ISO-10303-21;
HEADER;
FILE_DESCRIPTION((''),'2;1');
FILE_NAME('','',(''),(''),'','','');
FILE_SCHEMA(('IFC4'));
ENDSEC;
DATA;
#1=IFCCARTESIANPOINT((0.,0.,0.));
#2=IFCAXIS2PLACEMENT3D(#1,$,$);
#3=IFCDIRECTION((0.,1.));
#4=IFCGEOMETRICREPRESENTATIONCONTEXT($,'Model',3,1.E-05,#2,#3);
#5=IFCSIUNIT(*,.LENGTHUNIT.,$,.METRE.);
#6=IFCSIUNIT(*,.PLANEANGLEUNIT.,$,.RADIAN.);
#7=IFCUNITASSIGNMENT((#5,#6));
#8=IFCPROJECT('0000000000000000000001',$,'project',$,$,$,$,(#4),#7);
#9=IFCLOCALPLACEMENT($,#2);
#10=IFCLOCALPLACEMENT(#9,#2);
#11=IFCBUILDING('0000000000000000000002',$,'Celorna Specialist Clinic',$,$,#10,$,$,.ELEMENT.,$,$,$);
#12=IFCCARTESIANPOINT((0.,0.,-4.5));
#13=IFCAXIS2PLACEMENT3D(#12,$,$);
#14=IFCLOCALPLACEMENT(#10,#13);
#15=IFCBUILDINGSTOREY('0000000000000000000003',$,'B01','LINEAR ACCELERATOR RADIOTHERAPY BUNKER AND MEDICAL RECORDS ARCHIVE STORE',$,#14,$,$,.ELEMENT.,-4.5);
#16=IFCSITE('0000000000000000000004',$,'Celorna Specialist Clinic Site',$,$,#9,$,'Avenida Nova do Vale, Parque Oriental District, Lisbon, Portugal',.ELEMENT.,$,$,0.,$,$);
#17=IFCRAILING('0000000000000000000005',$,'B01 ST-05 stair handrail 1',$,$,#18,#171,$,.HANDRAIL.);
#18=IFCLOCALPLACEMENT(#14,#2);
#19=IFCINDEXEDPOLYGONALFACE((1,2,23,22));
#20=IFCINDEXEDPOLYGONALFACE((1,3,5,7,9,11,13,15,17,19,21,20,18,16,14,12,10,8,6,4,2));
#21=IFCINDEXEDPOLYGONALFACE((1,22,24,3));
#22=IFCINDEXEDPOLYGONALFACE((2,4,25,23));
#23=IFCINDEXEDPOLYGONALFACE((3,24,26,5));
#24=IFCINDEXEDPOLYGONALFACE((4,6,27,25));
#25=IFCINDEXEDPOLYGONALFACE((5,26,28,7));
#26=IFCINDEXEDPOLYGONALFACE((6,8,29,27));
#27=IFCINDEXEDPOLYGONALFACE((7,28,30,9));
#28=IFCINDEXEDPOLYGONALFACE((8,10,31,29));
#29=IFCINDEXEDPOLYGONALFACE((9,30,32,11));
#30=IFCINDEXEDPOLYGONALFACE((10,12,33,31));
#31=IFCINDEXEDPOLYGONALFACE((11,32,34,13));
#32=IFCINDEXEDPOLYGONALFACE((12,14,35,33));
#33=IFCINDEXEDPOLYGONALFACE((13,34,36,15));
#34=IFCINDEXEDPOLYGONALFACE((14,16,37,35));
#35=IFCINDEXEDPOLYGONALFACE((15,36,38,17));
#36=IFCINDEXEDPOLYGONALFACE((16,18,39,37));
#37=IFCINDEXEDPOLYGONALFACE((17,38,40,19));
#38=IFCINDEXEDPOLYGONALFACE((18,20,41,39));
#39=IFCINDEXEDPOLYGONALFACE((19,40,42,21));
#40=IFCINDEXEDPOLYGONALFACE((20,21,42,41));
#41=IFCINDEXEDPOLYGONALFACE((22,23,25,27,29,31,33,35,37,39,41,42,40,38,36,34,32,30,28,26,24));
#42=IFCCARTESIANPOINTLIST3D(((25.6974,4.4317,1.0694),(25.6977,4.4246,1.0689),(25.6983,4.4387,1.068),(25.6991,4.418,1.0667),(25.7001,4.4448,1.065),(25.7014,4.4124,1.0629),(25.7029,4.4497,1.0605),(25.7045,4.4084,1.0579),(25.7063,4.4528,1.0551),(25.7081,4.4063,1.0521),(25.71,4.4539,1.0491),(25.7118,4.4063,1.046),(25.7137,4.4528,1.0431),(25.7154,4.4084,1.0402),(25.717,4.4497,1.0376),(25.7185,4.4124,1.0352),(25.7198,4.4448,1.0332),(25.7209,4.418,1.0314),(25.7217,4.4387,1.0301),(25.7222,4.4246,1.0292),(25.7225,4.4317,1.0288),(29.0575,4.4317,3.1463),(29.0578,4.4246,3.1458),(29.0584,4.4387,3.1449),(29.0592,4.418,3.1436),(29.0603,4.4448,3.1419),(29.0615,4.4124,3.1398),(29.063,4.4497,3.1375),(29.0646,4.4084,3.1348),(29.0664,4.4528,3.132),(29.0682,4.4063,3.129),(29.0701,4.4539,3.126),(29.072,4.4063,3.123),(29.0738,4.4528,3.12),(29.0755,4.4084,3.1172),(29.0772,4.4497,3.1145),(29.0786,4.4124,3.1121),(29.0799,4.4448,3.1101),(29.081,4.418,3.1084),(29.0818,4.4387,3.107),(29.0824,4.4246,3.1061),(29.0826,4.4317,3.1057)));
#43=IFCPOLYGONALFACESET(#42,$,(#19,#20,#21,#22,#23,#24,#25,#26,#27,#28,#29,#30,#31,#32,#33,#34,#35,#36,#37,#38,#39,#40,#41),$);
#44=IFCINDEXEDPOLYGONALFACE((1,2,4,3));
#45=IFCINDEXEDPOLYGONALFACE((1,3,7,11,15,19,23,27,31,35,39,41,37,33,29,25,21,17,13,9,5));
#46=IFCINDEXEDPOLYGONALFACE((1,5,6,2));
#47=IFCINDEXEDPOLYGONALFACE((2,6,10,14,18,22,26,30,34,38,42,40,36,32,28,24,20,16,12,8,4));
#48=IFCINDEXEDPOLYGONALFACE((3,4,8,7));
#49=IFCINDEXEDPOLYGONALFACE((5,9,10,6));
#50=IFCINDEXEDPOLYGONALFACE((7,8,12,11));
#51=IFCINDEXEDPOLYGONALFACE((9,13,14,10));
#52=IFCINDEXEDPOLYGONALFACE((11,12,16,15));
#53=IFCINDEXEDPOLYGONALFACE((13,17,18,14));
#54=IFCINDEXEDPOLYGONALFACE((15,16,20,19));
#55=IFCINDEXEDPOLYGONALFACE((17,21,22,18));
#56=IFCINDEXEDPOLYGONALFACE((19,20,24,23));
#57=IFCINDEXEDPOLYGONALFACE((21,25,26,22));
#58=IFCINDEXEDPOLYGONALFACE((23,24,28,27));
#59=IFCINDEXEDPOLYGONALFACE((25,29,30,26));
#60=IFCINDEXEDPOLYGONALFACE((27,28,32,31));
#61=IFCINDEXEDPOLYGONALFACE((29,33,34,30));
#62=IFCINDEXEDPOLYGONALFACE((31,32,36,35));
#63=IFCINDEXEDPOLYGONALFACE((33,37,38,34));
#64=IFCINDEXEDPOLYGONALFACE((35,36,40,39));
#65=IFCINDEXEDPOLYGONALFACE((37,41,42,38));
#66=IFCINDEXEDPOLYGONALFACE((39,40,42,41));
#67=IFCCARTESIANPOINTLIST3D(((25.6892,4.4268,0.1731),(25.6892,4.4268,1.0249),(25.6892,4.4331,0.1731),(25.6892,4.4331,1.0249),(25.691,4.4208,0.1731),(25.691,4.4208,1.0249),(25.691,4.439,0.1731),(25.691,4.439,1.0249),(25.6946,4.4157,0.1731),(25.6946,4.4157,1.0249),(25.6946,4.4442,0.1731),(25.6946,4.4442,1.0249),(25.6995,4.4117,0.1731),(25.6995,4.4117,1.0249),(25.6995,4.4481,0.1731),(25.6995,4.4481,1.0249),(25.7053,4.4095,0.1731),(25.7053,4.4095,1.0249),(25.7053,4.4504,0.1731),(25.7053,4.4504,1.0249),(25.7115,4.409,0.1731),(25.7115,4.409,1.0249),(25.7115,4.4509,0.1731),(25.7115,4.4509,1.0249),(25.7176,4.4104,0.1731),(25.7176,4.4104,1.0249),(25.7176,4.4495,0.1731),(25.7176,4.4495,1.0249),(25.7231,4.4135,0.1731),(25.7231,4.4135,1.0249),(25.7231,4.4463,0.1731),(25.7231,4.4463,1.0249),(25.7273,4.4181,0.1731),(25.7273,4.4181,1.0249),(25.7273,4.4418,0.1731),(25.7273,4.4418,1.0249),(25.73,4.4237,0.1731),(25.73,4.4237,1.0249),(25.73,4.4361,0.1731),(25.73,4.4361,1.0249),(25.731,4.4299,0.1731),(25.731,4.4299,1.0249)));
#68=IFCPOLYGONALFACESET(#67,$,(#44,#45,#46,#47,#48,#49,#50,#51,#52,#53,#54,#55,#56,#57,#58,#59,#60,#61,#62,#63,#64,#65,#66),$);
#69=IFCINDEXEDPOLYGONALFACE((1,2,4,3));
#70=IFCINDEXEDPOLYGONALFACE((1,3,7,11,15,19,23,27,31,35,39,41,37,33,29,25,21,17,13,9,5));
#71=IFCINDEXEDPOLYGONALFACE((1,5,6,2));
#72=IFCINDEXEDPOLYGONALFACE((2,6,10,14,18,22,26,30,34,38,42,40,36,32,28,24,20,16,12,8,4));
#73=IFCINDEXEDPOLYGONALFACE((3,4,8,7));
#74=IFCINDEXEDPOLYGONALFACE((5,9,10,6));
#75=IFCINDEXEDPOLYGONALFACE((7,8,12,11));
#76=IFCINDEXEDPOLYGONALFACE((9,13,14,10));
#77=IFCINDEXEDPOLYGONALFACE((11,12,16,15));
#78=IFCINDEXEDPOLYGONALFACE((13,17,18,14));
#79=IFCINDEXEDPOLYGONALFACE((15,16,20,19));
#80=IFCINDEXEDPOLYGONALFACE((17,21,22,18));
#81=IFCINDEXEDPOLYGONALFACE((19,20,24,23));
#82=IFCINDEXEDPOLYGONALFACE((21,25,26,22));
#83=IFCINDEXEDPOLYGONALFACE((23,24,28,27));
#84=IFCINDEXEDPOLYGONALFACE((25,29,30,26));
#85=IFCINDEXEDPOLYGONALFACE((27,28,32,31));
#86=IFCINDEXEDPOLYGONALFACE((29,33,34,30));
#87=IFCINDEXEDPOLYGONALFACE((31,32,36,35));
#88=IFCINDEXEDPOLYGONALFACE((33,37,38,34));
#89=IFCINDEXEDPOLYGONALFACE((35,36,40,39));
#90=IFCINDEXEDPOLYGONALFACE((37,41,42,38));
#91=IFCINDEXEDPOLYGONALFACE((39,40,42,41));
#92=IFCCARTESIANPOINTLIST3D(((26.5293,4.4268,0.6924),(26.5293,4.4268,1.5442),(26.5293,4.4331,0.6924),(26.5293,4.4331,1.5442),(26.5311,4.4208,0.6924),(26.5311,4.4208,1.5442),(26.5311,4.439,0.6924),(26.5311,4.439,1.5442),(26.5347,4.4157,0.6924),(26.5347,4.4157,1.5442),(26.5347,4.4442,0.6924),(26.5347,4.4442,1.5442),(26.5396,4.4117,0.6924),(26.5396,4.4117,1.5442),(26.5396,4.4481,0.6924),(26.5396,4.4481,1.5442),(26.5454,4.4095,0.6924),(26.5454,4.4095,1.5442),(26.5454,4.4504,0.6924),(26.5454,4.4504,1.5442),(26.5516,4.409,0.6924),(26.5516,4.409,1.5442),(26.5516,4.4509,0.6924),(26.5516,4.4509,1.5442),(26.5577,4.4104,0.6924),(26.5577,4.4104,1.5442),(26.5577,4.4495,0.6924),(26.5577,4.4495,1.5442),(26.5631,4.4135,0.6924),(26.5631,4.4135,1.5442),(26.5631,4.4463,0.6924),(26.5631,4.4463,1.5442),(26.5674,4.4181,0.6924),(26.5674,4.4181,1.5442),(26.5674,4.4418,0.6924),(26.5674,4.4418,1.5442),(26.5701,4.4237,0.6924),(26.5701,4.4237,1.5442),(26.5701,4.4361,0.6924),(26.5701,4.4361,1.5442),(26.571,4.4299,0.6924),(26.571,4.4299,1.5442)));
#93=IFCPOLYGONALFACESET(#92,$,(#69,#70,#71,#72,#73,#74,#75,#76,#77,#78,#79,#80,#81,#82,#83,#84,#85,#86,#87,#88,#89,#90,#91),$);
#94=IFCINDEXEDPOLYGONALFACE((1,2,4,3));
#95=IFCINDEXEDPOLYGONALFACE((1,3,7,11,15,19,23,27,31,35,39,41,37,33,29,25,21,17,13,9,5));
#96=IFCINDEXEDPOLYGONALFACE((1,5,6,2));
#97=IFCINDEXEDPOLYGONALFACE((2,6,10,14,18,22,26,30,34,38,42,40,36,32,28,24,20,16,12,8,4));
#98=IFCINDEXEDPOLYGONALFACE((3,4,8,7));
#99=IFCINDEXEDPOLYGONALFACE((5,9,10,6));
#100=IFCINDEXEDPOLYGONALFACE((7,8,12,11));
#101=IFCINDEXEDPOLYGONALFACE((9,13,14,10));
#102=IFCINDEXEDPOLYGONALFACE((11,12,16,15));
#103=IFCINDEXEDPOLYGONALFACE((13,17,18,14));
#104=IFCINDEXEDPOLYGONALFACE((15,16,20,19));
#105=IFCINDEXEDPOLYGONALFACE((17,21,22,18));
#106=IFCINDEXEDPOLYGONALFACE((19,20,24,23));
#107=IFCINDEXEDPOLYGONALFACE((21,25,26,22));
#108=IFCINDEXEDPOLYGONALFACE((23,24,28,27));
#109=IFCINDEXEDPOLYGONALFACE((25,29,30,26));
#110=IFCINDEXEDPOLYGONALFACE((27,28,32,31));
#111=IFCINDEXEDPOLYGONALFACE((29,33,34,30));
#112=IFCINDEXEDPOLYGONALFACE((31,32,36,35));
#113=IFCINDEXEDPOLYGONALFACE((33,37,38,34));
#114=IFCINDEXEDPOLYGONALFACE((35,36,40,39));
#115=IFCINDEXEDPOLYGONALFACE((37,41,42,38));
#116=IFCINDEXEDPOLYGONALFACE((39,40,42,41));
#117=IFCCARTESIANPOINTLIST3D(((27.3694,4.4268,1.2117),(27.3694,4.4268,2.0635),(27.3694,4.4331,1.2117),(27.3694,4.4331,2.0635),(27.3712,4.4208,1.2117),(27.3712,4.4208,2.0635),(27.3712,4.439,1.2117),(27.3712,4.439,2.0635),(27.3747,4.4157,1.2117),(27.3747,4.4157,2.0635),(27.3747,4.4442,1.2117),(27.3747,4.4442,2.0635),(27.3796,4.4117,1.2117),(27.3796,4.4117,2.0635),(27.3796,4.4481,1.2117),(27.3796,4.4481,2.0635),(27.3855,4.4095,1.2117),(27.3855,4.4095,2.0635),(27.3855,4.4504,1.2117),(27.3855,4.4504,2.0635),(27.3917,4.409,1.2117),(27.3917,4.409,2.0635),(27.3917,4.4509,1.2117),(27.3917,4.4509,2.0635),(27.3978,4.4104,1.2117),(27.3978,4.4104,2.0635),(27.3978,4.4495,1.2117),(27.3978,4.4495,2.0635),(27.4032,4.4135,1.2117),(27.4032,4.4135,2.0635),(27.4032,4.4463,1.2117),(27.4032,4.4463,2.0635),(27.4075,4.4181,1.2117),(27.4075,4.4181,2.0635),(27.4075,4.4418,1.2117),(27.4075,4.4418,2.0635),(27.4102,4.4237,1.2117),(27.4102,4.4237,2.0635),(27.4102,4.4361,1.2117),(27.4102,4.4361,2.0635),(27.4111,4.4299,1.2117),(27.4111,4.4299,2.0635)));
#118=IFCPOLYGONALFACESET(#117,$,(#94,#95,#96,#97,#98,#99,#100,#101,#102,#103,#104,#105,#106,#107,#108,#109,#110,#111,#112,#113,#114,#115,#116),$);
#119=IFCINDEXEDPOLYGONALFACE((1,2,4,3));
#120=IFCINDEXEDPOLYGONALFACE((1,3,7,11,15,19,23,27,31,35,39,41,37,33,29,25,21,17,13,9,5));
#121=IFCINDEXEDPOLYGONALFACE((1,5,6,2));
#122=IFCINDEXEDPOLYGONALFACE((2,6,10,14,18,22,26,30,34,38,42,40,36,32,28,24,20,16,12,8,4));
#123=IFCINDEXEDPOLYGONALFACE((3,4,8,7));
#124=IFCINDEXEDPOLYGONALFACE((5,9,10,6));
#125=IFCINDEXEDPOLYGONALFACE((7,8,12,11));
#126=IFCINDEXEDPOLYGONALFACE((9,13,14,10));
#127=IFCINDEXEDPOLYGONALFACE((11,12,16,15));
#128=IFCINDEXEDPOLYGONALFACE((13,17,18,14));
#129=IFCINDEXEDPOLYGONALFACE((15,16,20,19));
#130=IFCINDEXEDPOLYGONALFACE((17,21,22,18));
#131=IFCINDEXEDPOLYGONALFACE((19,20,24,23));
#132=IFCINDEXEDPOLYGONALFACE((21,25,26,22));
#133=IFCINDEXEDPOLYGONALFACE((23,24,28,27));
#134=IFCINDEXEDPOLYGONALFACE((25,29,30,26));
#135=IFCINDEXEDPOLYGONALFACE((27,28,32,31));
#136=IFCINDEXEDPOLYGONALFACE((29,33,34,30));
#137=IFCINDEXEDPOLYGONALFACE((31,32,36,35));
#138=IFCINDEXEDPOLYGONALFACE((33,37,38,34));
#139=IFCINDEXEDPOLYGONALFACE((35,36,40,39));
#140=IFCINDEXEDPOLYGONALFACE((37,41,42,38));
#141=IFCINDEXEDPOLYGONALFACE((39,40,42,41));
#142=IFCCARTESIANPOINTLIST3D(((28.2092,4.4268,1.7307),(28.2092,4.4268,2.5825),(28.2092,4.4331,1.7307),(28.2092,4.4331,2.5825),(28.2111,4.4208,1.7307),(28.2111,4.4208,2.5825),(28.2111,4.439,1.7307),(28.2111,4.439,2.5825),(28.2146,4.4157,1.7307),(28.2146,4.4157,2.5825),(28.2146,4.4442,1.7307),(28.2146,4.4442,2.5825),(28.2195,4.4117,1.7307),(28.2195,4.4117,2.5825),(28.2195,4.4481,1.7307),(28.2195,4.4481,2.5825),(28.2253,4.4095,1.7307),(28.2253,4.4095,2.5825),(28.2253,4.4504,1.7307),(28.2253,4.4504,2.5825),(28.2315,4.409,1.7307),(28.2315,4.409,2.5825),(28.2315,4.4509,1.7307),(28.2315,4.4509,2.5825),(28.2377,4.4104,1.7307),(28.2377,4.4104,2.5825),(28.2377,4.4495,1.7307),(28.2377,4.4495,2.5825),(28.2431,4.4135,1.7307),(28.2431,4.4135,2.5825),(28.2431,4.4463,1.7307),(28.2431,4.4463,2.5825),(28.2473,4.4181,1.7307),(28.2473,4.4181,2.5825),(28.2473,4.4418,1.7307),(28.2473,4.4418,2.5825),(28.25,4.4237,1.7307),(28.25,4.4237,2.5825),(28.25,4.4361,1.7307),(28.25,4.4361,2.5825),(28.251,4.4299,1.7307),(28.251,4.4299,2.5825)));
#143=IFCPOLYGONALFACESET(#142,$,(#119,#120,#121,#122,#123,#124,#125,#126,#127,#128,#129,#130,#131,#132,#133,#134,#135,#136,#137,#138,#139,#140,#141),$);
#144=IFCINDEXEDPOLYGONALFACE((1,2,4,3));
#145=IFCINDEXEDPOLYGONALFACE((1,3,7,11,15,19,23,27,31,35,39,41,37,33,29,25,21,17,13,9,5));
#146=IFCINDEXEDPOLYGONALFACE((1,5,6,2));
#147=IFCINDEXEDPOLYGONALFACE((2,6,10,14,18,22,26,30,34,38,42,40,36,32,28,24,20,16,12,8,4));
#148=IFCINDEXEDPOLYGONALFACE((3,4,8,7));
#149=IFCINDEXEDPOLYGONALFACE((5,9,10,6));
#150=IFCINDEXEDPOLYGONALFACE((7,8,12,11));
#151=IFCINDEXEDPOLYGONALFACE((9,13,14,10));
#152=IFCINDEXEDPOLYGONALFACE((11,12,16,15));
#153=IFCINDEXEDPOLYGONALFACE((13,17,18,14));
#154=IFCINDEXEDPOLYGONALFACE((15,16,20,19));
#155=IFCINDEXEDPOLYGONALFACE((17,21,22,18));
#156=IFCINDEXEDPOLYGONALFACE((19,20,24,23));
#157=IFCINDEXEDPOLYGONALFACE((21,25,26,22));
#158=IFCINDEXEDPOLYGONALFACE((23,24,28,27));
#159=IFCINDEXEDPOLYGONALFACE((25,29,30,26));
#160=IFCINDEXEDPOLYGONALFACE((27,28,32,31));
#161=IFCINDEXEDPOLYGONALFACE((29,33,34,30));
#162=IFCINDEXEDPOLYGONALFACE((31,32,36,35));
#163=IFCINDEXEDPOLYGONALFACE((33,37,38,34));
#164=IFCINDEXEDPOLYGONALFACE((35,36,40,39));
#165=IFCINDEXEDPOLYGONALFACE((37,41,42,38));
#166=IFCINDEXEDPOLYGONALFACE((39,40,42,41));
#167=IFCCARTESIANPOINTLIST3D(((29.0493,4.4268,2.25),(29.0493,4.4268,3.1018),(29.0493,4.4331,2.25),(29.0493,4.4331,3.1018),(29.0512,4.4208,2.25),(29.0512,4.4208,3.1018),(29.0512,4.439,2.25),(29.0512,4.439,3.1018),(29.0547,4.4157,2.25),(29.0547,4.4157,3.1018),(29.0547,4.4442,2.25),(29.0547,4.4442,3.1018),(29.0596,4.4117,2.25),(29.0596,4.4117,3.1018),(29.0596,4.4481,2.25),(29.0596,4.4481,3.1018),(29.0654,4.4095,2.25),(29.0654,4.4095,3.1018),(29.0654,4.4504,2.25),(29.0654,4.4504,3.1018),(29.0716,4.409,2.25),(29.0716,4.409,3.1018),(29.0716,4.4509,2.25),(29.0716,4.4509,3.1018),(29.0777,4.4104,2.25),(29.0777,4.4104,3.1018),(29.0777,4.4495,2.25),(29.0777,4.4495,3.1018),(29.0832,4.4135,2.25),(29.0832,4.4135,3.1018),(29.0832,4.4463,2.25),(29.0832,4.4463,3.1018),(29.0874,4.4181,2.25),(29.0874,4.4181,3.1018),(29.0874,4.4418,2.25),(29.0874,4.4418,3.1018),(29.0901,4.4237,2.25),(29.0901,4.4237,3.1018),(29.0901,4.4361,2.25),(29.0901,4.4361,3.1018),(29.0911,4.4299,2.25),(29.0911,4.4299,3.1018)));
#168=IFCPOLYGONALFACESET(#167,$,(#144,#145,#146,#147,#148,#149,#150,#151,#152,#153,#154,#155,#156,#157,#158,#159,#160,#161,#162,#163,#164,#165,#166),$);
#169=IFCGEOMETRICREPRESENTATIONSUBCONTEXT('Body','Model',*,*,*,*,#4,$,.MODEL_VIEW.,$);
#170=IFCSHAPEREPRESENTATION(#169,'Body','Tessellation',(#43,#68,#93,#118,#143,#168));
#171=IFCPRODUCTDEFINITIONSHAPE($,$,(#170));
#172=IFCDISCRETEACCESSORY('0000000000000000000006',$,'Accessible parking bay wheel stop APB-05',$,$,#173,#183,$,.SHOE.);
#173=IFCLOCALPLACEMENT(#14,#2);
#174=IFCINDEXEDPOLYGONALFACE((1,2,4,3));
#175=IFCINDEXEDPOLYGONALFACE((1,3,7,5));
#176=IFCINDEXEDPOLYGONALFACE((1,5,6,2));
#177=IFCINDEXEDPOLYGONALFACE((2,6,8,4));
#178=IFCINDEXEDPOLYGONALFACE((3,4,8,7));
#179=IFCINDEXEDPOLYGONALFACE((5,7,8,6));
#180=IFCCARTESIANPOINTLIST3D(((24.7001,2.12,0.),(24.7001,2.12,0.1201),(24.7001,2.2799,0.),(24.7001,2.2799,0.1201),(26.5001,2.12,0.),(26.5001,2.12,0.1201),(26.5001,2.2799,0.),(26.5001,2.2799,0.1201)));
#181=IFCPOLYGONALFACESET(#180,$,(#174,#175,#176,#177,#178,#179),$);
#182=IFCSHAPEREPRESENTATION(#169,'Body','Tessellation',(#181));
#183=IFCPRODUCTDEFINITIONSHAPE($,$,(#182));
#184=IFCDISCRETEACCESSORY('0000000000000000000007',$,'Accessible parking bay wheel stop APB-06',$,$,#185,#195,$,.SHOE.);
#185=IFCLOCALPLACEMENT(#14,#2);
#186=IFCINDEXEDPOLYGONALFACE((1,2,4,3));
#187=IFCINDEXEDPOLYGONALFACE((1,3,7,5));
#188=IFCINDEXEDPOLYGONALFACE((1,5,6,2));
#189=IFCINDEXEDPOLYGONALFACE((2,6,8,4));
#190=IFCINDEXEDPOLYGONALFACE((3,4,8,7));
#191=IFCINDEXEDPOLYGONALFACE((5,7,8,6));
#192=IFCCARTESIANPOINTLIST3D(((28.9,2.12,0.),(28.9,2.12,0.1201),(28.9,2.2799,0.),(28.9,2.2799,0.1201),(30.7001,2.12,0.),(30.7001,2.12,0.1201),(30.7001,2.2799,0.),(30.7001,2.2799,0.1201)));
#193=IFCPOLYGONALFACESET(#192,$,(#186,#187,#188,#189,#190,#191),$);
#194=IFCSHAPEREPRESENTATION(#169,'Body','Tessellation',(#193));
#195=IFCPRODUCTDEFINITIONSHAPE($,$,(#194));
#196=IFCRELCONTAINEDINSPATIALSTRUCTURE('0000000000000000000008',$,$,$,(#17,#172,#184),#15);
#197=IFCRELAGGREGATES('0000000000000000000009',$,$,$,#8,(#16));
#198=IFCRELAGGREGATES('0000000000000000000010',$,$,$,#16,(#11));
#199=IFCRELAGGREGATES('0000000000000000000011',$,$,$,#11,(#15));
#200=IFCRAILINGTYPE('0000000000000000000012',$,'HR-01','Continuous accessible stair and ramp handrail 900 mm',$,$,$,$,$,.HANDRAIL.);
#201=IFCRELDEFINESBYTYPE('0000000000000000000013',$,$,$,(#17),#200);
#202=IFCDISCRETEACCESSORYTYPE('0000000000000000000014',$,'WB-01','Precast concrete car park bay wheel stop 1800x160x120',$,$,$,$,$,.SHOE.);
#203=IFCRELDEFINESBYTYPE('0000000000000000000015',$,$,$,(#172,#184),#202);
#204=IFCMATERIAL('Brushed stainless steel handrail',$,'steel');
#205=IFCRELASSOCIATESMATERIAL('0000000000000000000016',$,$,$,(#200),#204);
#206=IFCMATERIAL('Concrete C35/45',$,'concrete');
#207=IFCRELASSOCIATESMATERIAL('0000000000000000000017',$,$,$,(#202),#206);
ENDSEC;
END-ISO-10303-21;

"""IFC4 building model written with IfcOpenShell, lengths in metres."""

from ifc_helpers import new_model, si_unit, direction, frame, origin, origin_2d, place, context, subcontext, project, spatial, rectangle, circle, extrude, material, type_object, element, save


model = new_model("IFC4")

# Units and contexts
model_context = context("Model", 3, precision=1e-05, world=origin(), true_north=direction((0.0, 1.0)))
body_context = subcontext(model_context, "Body", "Model", "MODEL_VIEW")
ifc_project = project(units=[si_unit("LENGTHUNIT", "METRE"), si_unit("PLANEANGLEUNIT", "RADIAN")], contexts=[model_context])

# Site, building, storey
site_placement = place(None, origin())
site = spatial("IfcSite", under=ifc_project, at=site_placement, Name="Celorna Specialist Clinic Site", LongName="Avenida Nova do Vale, Parque Oriental District, Lisbon, Portugal", CompositionType="ELEMENT", RefElevation=0.0)
building_placement = place(site_placement, origin())
building = spatial("IfcBuilding", under=site, at=building_placement, Name="Celorna Specialist Clinic", CompositionType="ELEMENT")
storey_placement = place(building_placement, frame((0.0, 0.0, -4.5)))
storey = spatial("IfcBuildingStorey", under=building, at=storey_placement, Name="B01", Description="LINEAR ACCELERATOR RADIOTHERAPY BUNKER AND MEDICAL RECORDS ARCHIVE STORE", CompositionType="ELEMENT", Elevation=-4.5)

# Shared definitions
ifc_material_1 = material(Name="Concrete C35/45", Category="concrete")

# Railing
ifc_material_2 = material(Name="Brushed stainless steel handrail", Category="steel")
railing_type_1 = type_object("IfcRailingType", Name="HR-01", Description="Continuous accessible stair and ramp handrail 900 mm", PredefinedType="HANDRAIL", material=ifc_material_2)
railing_1_placement = place(storey_placement, frame((25.71, 4.4299, 0.1731)))
element("IfcRailing", 1, at=railing_1_placement, inside=storey, type_object=railing_type_1, Name="B01 ST-05 stair handrail 1", PredefinedType="HANDRAIL", context=body_context, shape_type="SweptSolid", body=[
    extrude(circle(Radius=0.0239, at=origin_2d()), frame((0.0, 0.0, 0.876), z_axis=(0.850623, 0.0, 0.525776), x_axis=(0.0, 1.0, 0.0)), (0.0, 0.0, 1.0), 3.9502),
    extrude(circle(Radius=0.021, at=origin_2d()), origin(), (0.0, 0.0, 1.0), 0.8518),
    extrude(circle(Radius=0.021, at=origin_2d()), frame((0.8401, 0.0, 0.5193)), (0.0, 0.0, 1.0), 0.8518),
    extrude(circle(Radius=0.021, at=origin_2d()), frame((1.6802, 0.0, 1.0386)), (0.0, 0.0, 1.0), 0.8518),
    extrude(circle(Radius=0.021, at=origin_2d()), frame((2.52, 0.0, 1.5576)), (0.0, 0.0, 1.0), 0.8518),
    extrude(circle(Radius=0.021, at=origin_2d()), frame((3.3601, 0.0, 2.0769)), (0.0, 0.0, 1.0), 0.8518),
])

# Discrete accessories
discrete_accessory_type = type_object("IfcDiscreteAccessoryType", Name="WB-01", Description="Precast concrete car park bay wheel stop 1800x160x120", PredefinedType="SHOE", material=ifc_material_1)
for number, where, z_axis, x_axis, name in (
    (2, (25.6001, 2.2, 0.0), (0.0, 0.0, 1.0), (1.0, 0.0, 0.0), "Accessible parking bay wheel stop APB-05"),
    (3, (29.8, 2.2, 0.0), (0.0, 0.0, 1.0), (1.0, 0.0, 0.0), "Accessible parking bay wheel stop APB-06"),
):
    element("IfcDiscreteAccessory", number, at=place(storey_placement, frame(where, z_axis=z_axis, x_axis=x_axis)), inside=storey, type_object=discrete_accessory_type, Name=name, PredefinedType="SHOE", context=body_context, shape_type="SweptSolid", body=[
        extrude(rectangle(XDim=1.8, YDim=0.1599, at=origin_2d()), origin(), (0.0, 0.0, 1.0), 0.1201),
    ])

save(model, "model.ifc")
